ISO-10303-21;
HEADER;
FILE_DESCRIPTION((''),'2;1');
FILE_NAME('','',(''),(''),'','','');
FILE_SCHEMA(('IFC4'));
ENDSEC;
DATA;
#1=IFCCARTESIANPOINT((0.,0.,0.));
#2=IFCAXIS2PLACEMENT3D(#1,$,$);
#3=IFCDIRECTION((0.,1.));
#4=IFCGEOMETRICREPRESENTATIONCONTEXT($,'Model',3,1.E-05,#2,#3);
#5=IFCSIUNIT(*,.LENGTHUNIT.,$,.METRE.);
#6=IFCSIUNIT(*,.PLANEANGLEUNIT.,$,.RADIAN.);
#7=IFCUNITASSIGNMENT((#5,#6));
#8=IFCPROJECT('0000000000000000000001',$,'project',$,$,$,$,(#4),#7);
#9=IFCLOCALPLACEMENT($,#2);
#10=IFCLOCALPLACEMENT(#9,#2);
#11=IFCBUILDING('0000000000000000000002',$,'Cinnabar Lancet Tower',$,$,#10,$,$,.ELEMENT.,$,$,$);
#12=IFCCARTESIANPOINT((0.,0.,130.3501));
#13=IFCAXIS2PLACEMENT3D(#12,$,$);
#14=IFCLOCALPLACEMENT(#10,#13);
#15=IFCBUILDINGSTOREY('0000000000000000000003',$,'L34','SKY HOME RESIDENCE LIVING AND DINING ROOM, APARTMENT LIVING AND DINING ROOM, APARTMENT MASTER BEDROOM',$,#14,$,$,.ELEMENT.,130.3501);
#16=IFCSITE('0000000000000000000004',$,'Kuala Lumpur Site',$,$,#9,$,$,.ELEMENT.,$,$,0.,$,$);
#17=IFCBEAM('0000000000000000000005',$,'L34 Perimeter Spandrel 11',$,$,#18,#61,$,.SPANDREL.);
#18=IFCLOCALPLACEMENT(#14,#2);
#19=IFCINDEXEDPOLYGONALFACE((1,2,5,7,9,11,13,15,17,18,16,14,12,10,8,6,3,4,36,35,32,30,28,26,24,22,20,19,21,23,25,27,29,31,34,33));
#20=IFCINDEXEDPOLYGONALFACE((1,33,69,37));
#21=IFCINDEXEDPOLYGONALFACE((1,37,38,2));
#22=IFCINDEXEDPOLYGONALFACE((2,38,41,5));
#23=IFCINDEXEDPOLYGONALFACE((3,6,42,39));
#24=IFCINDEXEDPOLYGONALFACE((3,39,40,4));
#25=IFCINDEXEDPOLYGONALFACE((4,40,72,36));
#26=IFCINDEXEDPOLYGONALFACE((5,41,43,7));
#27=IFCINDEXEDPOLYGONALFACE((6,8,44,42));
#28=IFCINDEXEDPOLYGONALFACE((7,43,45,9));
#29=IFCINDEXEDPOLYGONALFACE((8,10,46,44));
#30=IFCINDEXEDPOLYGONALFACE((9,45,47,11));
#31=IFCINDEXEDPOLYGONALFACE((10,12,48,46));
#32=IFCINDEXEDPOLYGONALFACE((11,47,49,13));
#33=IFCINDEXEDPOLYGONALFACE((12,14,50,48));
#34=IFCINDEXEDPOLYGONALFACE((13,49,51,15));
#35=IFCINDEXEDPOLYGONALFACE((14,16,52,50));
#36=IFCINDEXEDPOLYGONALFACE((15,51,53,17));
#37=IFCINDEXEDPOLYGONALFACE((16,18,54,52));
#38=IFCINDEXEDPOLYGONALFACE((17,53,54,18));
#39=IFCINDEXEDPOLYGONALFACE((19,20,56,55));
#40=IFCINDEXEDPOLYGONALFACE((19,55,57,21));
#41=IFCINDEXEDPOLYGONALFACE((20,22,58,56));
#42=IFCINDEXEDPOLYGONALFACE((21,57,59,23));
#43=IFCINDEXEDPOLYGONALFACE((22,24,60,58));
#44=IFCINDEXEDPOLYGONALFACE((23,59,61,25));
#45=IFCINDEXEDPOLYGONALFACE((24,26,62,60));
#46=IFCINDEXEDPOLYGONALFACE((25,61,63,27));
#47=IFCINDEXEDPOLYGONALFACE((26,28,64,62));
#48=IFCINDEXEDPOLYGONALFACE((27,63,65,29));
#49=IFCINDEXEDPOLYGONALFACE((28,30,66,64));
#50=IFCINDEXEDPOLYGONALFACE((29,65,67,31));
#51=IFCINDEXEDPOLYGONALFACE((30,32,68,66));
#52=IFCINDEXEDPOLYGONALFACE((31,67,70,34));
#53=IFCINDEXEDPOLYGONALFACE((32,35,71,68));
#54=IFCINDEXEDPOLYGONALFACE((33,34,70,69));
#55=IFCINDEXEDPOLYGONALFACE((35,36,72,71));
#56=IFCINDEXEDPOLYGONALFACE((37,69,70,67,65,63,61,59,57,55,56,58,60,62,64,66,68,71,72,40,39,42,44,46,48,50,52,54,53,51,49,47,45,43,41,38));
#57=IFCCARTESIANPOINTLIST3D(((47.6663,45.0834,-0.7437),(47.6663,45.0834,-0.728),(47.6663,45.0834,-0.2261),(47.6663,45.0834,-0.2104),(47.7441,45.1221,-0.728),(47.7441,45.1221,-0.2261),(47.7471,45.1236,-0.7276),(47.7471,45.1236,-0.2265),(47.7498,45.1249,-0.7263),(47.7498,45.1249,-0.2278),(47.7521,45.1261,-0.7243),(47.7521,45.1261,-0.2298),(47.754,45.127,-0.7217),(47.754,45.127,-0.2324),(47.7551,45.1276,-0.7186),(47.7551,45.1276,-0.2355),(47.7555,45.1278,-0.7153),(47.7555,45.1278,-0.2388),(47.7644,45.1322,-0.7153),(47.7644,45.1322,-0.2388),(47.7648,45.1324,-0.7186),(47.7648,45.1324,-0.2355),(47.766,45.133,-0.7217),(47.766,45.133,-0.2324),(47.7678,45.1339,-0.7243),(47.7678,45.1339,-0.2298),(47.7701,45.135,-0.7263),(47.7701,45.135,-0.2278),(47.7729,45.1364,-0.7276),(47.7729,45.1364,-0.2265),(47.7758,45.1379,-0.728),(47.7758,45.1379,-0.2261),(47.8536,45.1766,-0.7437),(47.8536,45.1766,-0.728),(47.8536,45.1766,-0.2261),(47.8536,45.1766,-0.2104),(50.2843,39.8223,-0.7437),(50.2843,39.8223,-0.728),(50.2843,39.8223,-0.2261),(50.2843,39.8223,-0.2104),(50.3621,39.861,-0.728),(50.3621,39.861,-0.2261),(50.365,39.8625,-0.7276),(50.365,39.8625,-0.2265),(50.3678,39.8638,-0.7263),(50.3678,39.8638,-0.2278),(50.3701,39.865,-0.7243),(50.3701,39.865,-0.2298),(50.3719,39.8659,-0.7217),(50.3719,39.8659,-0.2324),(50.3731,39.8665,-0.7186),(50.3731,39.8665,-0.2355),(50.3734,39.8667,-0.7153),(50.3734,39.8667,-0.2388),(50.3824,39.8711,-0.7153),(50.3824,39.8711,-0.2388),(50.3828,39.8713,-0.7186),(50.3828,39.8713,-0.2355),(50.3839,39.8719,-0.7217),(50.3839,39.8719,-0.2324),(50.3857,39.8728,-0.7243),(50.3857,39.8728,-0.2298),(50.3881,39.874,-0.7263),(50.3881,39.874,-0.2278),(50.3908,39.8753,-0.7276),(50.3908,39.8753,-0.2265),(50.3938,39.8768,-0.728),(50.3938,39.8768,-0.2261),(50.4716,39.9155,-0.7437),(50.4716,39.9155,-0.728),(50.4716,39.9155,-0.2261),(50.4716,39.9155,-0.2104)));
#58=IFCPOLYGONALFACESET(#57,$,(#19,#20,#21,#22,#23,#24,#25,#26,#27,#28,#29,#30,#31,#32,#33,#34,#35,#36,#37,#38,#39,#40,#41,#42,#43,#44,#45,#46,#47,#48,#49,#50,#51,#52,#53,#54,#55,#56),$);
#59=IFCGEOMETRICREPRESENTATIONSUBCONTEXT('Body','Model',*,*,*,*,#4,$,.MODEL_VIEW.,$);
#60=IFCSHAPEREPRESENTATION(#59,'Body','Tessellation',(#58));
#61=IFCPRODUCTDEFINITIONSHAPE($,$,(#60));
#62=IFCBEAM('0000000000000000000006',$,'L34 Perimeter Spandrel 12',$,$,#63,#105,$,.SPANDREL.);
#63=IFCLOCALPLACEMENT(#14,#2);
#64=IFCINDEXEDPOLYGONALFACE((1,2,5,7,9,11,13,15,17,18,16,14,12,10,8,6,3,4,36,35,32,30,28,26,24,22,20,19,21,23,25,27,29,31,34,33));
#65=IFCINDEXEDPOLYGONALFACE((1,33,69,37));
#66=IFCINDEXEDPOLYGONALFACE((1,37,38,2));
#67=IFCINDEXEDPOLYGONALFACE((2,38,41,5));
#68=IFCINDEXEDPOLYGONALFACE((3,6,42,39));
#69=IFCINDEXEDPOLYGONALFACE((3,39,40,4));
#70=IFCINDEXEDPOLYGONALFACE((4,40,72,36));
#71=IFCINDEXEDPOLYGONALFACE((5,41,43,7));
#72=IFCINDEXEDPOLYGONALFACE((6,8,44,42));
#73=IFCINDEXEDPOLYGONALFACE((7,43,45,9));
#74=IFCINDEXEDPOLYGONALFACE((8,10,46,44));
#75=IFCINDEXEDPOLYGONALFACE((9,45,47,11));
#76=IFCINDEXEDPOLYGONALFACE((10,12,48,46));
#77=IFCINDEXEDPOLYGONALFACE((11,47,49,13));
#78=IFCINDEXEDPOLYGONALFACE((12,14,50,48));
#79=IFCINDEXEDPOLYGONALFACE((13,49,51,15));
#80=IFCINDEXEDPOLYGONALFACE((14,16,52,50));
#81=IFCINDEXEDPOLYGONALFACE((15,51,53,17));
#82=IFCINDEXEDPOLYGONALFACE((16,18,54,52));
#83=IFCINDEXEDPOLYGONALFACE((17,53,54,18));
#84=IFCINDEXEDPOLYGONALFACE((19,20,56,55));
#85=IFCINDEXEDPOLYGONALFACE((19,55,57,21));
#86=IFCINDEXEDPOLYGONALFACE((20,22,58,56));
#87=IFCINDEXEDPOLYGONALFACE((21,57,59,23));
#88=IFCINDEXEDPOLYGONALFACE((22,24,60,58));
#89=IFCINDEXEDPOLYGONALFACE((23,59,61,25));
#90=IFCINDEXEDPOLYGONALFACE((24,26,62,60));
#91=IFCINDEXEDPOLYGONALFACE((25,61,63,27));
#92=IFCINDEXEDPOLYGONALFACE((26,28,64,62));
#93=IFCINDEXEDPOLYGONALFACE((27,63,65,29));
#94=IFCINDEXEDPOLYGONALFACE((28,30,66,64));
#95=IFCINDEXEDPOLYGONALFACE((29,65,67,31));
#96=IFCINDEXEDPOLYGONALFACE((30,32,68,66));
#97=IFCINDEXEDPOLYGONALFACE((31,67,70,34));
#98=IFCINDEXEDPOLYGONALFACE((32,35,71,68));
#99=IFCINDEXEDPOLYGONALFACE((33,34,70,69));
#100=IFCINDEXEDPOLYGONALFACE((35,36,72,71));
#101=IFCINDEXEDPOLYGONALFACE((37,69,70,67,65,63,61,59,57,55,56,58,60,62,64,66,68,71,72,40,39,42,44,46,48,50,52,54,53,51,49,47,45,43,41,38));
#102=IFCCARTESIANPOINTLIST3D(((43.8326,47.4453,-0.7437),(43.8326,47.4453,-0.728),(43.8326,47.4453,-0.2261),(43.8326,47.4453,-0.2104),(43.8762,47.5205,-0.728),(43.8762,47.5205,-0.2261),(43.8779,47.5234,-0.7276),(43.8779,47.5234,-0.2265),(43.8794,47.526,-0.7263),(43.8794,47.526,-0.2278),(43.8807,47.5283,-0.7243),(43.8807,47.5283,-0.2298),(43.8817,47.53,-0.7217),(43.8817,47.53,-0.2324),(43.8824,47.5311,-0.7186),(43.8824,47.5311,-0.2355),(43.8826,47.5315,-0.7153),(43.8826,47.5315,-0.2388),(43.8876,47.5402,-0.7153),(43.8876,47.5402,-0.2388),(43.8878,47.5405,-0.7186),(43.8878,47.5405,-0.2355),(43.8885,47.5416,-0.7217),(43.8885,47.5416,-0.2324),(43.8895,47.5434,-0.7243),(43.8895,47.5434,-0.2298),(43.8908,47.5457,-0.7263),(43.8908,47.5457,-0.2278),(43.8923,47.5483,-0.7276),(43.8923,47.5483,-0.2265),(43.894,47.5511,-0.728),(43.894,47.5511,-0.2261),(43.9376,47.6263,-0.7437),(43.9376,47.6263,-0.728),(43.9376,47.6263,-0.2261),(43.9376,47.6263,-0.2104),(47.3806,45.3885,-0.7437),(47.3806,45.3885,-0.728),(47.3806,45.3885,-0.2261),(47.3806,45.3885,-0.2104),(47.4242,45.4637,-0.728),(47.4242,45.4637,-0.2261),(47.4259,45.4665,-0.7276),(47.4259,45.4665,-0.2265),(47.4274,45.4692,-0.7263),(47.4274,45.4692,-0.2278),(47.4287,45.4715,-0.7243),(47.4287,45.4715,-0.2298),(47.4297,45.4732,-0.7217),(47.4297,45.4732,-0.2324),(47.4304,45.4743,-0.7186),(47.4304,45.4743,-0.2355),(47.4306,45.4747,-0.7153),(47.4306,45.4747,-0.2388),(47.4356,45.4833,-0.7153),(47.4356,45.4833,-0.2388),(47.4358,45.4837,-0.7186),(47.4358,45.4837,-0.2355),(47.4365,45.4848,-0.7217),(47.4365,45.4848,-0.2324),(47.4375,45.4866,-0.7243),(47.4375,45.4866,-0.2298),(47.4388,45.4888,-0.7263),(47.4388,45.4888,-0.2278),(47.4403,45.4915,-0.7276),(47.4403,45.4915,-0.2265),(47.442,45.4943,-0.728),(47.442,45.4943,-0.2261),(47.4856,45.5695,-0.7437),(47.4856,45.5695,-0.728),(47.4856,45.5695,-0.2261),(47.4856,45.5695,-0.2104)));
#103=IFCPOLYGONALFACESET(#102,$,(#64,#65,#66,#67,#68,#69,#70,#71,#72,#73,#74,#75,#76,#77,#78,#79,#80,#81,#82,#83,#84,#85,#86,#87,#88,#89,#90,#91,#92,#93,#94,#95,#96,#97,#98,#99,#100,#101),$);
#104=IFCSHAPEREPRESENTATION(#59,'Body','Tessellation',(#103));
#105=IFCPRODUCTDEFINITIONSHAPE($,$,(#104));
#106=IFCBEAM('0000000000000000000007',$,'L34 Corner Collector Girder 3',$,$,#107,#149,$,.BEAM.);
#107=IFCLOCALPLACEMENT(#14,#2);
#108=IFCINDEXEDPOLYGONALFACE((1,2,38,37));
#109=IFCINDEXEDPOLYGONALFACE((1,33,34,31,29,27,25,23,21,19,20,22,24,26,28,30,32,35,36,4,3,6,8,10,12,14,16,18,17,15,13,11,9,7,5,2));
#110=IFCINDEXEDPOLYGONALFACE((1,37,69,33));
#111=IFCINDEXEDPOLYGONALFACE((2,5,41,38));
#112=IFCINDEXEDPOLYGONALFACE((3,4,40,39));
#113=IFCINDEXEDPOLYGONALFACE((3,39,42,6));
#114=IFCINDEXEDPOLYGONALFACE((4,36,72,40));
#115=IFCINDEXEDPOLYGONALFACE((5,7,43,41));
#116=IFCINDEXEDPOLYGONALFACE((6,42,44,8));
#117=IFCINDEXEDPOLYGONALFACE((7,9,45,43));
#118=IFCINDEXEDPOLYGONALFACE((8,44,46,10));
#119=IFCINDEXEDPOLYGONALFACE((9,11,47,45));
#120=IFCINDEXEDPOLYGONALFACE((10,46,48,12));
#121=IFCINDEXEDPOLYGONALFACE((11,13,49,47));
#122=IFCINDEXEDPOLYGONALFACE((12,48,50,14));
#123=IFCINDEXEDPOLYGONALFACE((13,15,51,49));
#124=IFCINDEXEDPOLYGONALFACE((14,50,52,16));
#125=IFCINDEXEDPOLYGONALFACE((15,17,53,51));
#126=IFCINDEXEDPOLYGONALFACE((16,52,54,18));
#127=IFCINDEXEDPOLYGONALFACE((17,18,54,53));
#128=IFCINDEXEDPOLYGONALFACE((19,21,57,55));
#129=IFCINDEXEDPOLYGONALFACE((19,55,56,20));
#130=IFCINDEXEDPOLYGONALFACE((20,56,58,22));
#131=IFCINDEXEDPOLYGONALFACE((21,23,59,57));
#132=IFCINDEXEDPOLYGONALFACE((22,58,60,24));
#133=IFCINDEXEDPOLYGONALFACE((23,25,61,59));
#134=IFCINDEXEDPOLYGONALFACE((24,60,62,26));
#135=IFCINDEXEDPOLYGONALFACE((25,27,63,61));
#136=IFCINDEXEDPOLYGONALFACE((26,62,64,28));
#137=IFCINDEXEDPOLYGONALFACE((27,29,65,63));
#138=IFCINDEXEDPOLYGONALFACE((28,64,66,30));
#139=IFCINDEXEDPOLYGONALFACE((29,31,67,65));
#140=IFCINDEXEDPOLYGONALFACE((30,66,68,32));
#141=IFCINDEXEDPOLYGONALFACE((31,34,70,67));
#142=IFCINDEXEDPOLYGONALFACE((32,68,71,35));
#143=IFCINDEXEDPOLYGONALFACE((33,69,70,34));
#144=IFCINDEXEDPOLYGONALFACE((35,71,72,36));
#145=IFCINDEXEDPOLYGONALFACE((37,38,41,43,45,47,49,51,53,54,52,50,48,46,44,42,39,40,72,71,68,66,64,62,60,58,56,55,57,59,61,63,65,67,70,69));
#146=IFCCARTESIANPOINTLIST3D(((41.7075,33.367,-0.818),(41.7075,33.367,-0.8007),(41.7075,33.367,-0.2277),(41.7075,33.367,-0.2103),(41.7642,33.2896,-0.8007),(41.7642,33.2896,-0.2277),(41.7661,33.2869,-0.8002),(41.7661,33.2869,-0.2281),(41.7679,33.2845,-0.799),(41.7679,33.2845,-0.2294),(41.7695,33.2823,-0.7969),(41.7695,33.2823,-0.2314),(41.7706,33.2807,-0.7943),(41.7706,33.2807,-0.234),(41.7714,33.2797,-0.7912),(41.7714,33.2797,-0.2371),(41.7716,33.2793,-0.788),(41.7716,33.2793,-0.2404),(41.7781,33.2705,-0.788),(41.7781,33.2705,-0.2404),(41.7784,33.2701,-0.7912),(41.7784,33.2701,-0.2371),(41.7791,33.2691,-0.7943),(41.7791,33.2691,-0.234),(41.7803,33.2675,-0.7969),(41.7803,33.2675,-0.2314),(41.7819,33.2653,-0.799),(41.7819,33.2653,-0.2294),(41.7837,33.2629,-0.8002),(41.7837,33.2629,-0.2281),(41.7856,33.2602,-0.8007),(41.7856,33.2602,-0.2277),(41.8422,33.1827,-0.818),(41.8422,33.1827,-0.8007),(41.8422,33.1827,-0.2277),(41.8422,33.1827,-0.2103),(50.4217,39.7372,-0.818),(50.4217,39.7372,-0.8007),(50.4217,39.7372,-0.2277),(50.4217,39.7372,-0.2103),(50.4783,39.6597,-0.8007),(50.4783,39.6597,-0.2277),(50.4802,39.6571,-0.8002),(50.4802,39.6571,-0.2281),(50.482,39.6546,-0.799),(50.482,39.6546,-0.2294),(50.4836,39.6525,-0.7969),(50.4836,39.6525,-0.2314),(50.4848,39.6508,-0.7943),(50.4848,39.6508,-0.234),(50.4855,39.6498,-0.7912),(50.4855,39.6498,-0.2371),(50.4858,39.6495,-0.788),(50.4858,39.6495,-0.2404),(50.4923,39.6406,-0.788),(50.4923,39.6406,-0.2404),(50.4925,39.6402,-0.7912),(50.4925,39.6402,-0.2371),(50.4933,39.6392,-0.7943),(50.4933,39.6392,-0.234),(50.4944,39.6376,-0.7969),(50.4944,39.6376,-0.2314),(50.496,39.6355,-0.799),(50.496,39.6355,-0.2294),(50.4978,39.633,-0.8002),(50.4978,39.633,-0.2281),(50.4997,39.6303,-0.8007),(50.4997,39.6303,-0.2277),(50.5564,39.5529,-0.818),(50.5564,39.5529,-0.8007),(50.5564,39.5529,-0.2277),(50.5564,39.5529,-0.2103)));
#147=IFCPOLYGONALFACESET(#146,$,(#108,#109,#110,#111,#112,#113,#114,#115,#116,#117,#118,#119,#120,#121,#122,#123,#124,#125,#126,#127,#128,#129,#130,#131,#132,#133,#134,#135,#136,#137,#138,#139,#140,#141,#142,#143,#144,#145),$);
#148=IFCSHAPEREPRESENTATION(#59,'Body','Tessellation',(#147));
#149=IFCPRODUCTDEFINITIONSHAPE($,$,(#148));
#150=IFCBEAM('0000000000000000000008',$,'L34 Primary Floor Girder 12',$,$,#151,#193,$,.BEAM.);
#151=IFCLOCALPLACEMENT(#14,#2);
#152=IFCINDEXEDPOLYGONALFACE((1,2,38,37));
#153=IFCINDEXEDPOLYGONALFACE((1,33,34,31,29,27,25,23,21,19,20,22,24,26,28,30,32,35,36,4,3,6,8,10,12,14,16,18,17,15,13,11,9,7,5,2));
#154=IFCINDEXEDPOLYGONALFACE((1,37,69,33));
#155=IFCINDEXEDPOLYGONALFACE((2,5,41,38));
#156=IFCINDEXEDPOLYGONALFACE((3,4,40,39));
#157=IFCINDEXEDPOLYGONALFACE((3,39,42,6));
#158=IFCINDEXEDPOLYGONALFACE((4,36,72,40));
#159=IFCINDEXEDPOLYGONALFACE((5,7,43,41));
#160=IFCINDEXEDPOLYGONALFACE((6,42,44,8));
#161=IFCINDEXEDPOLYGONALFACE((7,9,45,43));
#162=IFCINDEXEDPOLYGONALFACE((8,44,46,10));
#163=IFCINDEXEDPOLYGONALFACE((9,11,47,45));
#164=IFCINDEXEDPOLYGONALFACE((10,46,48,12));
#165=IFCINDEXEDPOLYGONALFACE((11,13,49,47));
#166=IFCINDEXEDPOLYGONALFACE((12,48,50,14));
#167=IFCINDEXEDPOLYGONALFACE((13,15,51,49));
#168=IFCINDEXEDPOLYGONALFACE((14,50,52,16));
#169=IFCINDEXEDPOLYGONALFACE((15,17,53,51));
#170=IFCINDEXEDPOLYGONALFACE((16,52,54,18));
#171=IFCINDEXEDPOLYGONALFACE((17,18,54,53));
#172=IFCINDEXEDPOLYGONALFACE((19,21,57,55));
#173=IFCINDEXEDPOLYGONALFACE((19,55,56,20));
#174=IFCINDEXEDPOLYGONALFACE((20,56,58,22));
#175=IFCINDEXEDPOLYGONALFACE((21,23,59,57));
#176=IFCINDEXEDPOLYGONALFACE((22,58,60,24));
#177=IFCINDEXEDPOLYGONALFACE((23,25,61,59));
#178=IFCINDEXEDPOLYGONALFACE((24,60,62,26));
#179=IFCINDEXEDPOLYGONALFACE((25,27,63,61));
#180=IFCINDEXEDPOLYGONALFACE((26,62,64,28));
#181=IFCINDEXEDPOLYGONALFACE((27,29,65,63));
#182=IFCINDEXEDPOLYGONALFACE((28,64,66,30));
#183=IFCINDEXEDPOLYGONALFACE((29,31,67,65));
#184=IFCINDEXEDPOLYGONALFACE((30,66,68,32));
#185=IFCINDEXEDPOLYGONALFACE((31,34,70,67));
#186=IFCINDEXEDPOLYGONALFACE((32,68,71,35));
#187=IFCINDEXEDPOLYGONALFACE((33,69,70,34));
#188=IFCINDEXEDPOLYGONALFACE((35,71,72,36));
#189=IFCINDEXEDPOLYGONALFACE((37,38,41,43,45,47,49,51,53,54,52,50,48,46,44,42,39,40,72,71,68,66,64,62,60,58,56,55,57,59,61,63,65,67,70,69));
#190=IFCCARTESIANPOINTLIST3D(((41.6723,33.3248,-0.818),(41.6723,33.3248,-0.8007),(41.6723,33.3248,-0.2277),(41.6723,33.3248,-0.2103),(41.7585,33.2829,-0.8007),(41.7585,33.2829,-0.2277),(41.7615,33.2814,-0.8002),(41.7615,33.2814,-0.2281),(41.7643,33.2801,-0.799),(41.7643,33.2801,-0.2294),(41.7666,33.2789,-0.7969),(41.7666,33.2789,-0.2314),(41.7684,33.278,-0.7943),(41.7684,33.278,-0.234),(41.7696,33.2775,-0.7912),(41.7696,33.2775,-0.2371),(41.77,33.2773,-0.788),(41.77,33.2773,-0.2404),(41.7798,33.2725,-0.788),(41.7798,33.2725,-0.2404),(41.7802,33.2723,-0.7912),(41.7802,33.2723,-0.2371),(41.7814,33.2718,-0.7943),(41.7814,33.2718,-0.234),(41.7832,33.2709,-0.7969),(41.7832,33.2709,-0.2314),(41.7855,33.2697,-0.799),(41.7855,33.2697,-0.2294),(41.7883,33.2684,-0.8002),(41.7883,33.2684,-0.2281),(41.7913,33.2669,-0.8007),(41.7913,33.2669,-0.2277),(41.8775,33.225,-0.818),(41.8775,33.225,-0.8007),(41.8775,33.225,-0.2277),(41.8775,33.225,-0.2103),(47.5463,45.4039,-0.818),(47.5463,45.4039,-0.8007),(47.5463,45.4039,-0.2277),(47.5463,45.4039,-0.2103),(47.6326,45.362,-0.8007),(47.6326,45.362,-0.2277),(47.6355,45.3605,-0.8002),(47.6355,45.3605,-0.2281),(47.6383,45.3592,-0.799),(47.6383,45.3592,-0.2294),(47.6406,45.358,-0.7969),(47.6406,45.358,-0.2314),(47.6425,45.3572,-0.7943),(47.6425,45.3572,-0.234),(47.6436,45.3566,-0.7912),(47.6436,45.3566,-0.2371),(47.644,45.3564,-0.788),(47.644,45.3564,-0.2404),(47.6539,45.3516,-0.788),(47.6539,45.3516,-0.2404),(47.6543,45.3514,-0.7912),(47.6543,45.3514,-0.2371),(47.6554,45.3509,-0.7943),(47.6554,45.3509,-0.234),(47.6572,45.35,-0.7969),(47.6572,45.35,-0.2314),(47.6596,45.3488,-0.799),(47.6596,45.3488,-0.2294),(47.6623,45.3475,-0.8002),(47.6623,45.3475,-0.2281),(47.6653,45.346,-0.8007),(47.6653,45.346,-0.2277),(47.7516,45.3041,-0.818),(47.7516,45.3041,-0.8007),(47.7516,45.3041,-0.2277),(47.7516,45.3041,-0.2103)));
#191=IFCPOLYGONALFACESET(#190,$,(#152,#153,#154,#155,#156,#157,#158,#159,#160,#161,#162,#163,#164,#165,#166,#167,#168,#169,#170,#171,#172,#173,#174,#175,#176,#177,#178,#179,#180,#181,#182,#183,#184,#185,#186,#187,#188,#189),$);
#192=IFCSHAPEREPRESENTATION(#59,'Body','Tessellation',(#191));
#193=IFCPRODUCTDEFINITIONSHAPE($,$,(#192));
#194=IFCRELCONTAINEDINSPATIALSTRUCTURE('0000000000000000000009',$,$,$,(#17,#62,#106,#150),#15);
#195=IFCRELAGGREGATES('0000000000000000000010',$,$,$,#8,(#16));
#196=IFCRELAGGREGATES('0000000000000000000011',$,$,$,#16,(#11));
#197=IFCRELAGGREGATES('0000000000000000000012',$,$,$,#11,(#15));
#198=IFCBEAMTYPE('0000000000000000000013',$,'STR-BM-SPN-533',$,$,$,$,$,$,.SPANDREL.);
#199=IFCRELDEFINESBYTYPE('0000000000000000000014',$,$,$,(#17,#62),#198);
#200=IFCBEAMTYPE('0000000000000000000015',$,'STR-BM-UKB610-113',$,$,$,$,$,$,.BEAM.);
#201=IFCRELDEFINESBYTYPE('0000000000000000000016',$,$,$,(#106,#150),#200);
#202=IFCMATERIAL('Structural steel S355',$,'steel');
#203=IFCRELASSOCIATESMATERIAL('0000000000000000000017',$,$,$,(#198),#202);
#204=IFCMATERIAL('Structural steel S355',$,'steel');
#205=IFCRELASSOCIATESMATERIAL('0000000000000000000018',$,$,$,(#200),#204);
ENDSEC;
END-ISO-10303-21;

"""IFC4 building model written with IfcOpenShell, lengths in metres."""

from ifc_helpers import new_model, si_unit, direction, frame, origin, origin_2d, place, context, subcontext, project, spatial, i_section, extrude, material, material_profile, profile_set, type_object, element, save


model = new_model("IFC4")

# Units and contexts
model_context = context("Model", 3, precision=1e-05, world=origin(), true_north=direction((0.0, 1.0)))
body_context = subcontext(model_context, "Body", "Model", "MODEL_VIEW")
ifc_project = project(units=[si_unit("LENGTHUNIT", "METRE"), si_unit("PLANEANGLEUNIT", "RADIAN")], contexts=[model_context])

# Site, building, storey
site_placement = place(None, origin())
site = spatial("IfcSite", under=ifc_project, at=site_placement, Name="Kuala Lumpur Site", CompositionType="ELEMENT", RefElevation=0.0)
building_placement = place(site_placement, origin())
building = spatial("IfcBuilding", under=site, at=building_placement, Name="Cinnabar Lancet Tower", CompositionType="ELEMENT")
storey_placement = place(building_placement, frame((0.0, 0.0, 130.3501)))
storey = spatial("IfcBuildingStorey", under=building, at=storey_placement, Name="L34", Description="SKY HOME RESIDENCE LIVING AND DINING ROOM, APARTMENT LIVING AND DINING ROOM, APARTMENT MASTER BEDROOM", CompositionType="ELEMENT", Elevation=130.3501)

# Beams
ifc_material_1 = material(Name="Structural steel S355", Category="steel")
ifc_material_profile_1 = material_profile(ifc_material_1, i_section(OverallWidth=0.2092, OverallDepth=0.5332, WebThickness=0.01, FlangeThickness=0.0156, FilletRadius=0.0127, at=origin_2d()), Name="UKB 533x210x92")
ifc_profile_set_1 = profile_set([ifc_material_profile_1], Name="Structural steel S355")
beam_type_1 = type_object("IfcBeamType", Name="STR-BM-SPN-533", PredefinedType="SPANDREL", material=ifc_profile_set_1)
beam_1_placement = place(storey_placement, frame((50.3779, 39.8689, -0.4771), z_axis=(-0.445501, 0.895281, 0.0), x_axis=(-0.895281, -0.445501, 0.0)))
element("IfcBeam", 1, at=beam_1_placement, inside=storey, type_object=beam_type_1, Name="L34 Perimeter Spandrel 11", PredefinedType="SPANDREL", context=body_context, shape_type="SweptSolid", body=[
    extrude(i_section(OverallWidth=0.2092, OverallDepth=0.5332, WebThickness=0.01, FlangeThickness=0.0156, FilletRadius=0.0127, at=origin_2d()), origin(), (0.0, 0.0, 1.0), 5.8765),
])
beam_2_placement = place(storey_placement, frame((47.4331, 45.479, -0.4771), z_axis=(-0.865138, 0.501534, 0.0), x_axis=(-0.501534, -0.865138, 0.0)))
element("IfcBeam", 2, at=beam_2_placement, inside=storey, type_object=beam_type_1, Name="L34 Perimeter Spandrel 12", PredefinedType="SPANDREL", context=body_context, shape_type="SweptSolid", body=[
    extrude(i_section(OverallWidth=0.2092, OverallDepth=0.5332, WebThickness=0.01, FlangeThickness=0.0156, FilletRadius=0.0127, at=origin_2d()), origin(), (0.0, 0.0, 1.0), 4.1011),
])
ifc_material_2 = material(Name="Structural steel S355", Category="steel")
ifc_material_profile_2 = material_profile(ifc_material_2, i_section(OverallWidth=0.2283, OverallDepth=0.6077, WebThickness=0.011, FlangeThickness=0.0173, FilletRadius=0.0127, at=origin_2d()), Name="UKB 610x229x113")
ifc_profile_set_2 = profile_set([ifc_material_profile_2], Name="Structural steel S355")
beam_type_2 = type_object("IfcBeamType", Name="STR-BM-UKB610-113", PredefinedType="BEAM", material=ifc_profile_set_2)
beam_3_placement = place(storey_placement, frame((50.489, 39.645, -0.5142), z_axis=(-0.807298, -0.590144, 0.0), x_axis=(0.590144, -0.807298, 0.0)))
element("IfcBeam", 3, at=beam_3_placement, inside=storey, type_object=beam_type_2, Name="L34 Corner Collector Girder 3", PredefinedType="BEAM", context=body_context, shape_type="SweptSolid", body=[
    extrude(i_section(OverallWidth=0.2283, OverallDepth=0.6077, WebThickness=0.011, FlangeThickness=0.0173, FilletRadius=0.0127, at=origin_2d()), origin(), (0.0, 0.0, 1.0), 10.7942),
])
beam_4_placement = place(storey_placement, frame((47.6489, 45.354, -0.5142), z_axis=(-0.437327, -0.899302, 0.0), x_axis=(0.899302, -0.437327, 0.0)))
element("IfcBeam", 4, at=beam_4_placement, inside=storey, type_object=beam_type_2, Name="L34 Primary Floor Girder 12", PredefinedType="BEAM", context=body_context, shape_type="SweptSolid", body=[
    extrude(i_section(OverallWidth=0.2283, OverallDepth=0.6077, WebThickness=0.011, FlangeThickness=0.0173, FilletRadius=0.0127, at=origin_2d()), origin(), (0.0, 0.0, 1.0), 13.4316),
])

save(model, "model.ifc")
